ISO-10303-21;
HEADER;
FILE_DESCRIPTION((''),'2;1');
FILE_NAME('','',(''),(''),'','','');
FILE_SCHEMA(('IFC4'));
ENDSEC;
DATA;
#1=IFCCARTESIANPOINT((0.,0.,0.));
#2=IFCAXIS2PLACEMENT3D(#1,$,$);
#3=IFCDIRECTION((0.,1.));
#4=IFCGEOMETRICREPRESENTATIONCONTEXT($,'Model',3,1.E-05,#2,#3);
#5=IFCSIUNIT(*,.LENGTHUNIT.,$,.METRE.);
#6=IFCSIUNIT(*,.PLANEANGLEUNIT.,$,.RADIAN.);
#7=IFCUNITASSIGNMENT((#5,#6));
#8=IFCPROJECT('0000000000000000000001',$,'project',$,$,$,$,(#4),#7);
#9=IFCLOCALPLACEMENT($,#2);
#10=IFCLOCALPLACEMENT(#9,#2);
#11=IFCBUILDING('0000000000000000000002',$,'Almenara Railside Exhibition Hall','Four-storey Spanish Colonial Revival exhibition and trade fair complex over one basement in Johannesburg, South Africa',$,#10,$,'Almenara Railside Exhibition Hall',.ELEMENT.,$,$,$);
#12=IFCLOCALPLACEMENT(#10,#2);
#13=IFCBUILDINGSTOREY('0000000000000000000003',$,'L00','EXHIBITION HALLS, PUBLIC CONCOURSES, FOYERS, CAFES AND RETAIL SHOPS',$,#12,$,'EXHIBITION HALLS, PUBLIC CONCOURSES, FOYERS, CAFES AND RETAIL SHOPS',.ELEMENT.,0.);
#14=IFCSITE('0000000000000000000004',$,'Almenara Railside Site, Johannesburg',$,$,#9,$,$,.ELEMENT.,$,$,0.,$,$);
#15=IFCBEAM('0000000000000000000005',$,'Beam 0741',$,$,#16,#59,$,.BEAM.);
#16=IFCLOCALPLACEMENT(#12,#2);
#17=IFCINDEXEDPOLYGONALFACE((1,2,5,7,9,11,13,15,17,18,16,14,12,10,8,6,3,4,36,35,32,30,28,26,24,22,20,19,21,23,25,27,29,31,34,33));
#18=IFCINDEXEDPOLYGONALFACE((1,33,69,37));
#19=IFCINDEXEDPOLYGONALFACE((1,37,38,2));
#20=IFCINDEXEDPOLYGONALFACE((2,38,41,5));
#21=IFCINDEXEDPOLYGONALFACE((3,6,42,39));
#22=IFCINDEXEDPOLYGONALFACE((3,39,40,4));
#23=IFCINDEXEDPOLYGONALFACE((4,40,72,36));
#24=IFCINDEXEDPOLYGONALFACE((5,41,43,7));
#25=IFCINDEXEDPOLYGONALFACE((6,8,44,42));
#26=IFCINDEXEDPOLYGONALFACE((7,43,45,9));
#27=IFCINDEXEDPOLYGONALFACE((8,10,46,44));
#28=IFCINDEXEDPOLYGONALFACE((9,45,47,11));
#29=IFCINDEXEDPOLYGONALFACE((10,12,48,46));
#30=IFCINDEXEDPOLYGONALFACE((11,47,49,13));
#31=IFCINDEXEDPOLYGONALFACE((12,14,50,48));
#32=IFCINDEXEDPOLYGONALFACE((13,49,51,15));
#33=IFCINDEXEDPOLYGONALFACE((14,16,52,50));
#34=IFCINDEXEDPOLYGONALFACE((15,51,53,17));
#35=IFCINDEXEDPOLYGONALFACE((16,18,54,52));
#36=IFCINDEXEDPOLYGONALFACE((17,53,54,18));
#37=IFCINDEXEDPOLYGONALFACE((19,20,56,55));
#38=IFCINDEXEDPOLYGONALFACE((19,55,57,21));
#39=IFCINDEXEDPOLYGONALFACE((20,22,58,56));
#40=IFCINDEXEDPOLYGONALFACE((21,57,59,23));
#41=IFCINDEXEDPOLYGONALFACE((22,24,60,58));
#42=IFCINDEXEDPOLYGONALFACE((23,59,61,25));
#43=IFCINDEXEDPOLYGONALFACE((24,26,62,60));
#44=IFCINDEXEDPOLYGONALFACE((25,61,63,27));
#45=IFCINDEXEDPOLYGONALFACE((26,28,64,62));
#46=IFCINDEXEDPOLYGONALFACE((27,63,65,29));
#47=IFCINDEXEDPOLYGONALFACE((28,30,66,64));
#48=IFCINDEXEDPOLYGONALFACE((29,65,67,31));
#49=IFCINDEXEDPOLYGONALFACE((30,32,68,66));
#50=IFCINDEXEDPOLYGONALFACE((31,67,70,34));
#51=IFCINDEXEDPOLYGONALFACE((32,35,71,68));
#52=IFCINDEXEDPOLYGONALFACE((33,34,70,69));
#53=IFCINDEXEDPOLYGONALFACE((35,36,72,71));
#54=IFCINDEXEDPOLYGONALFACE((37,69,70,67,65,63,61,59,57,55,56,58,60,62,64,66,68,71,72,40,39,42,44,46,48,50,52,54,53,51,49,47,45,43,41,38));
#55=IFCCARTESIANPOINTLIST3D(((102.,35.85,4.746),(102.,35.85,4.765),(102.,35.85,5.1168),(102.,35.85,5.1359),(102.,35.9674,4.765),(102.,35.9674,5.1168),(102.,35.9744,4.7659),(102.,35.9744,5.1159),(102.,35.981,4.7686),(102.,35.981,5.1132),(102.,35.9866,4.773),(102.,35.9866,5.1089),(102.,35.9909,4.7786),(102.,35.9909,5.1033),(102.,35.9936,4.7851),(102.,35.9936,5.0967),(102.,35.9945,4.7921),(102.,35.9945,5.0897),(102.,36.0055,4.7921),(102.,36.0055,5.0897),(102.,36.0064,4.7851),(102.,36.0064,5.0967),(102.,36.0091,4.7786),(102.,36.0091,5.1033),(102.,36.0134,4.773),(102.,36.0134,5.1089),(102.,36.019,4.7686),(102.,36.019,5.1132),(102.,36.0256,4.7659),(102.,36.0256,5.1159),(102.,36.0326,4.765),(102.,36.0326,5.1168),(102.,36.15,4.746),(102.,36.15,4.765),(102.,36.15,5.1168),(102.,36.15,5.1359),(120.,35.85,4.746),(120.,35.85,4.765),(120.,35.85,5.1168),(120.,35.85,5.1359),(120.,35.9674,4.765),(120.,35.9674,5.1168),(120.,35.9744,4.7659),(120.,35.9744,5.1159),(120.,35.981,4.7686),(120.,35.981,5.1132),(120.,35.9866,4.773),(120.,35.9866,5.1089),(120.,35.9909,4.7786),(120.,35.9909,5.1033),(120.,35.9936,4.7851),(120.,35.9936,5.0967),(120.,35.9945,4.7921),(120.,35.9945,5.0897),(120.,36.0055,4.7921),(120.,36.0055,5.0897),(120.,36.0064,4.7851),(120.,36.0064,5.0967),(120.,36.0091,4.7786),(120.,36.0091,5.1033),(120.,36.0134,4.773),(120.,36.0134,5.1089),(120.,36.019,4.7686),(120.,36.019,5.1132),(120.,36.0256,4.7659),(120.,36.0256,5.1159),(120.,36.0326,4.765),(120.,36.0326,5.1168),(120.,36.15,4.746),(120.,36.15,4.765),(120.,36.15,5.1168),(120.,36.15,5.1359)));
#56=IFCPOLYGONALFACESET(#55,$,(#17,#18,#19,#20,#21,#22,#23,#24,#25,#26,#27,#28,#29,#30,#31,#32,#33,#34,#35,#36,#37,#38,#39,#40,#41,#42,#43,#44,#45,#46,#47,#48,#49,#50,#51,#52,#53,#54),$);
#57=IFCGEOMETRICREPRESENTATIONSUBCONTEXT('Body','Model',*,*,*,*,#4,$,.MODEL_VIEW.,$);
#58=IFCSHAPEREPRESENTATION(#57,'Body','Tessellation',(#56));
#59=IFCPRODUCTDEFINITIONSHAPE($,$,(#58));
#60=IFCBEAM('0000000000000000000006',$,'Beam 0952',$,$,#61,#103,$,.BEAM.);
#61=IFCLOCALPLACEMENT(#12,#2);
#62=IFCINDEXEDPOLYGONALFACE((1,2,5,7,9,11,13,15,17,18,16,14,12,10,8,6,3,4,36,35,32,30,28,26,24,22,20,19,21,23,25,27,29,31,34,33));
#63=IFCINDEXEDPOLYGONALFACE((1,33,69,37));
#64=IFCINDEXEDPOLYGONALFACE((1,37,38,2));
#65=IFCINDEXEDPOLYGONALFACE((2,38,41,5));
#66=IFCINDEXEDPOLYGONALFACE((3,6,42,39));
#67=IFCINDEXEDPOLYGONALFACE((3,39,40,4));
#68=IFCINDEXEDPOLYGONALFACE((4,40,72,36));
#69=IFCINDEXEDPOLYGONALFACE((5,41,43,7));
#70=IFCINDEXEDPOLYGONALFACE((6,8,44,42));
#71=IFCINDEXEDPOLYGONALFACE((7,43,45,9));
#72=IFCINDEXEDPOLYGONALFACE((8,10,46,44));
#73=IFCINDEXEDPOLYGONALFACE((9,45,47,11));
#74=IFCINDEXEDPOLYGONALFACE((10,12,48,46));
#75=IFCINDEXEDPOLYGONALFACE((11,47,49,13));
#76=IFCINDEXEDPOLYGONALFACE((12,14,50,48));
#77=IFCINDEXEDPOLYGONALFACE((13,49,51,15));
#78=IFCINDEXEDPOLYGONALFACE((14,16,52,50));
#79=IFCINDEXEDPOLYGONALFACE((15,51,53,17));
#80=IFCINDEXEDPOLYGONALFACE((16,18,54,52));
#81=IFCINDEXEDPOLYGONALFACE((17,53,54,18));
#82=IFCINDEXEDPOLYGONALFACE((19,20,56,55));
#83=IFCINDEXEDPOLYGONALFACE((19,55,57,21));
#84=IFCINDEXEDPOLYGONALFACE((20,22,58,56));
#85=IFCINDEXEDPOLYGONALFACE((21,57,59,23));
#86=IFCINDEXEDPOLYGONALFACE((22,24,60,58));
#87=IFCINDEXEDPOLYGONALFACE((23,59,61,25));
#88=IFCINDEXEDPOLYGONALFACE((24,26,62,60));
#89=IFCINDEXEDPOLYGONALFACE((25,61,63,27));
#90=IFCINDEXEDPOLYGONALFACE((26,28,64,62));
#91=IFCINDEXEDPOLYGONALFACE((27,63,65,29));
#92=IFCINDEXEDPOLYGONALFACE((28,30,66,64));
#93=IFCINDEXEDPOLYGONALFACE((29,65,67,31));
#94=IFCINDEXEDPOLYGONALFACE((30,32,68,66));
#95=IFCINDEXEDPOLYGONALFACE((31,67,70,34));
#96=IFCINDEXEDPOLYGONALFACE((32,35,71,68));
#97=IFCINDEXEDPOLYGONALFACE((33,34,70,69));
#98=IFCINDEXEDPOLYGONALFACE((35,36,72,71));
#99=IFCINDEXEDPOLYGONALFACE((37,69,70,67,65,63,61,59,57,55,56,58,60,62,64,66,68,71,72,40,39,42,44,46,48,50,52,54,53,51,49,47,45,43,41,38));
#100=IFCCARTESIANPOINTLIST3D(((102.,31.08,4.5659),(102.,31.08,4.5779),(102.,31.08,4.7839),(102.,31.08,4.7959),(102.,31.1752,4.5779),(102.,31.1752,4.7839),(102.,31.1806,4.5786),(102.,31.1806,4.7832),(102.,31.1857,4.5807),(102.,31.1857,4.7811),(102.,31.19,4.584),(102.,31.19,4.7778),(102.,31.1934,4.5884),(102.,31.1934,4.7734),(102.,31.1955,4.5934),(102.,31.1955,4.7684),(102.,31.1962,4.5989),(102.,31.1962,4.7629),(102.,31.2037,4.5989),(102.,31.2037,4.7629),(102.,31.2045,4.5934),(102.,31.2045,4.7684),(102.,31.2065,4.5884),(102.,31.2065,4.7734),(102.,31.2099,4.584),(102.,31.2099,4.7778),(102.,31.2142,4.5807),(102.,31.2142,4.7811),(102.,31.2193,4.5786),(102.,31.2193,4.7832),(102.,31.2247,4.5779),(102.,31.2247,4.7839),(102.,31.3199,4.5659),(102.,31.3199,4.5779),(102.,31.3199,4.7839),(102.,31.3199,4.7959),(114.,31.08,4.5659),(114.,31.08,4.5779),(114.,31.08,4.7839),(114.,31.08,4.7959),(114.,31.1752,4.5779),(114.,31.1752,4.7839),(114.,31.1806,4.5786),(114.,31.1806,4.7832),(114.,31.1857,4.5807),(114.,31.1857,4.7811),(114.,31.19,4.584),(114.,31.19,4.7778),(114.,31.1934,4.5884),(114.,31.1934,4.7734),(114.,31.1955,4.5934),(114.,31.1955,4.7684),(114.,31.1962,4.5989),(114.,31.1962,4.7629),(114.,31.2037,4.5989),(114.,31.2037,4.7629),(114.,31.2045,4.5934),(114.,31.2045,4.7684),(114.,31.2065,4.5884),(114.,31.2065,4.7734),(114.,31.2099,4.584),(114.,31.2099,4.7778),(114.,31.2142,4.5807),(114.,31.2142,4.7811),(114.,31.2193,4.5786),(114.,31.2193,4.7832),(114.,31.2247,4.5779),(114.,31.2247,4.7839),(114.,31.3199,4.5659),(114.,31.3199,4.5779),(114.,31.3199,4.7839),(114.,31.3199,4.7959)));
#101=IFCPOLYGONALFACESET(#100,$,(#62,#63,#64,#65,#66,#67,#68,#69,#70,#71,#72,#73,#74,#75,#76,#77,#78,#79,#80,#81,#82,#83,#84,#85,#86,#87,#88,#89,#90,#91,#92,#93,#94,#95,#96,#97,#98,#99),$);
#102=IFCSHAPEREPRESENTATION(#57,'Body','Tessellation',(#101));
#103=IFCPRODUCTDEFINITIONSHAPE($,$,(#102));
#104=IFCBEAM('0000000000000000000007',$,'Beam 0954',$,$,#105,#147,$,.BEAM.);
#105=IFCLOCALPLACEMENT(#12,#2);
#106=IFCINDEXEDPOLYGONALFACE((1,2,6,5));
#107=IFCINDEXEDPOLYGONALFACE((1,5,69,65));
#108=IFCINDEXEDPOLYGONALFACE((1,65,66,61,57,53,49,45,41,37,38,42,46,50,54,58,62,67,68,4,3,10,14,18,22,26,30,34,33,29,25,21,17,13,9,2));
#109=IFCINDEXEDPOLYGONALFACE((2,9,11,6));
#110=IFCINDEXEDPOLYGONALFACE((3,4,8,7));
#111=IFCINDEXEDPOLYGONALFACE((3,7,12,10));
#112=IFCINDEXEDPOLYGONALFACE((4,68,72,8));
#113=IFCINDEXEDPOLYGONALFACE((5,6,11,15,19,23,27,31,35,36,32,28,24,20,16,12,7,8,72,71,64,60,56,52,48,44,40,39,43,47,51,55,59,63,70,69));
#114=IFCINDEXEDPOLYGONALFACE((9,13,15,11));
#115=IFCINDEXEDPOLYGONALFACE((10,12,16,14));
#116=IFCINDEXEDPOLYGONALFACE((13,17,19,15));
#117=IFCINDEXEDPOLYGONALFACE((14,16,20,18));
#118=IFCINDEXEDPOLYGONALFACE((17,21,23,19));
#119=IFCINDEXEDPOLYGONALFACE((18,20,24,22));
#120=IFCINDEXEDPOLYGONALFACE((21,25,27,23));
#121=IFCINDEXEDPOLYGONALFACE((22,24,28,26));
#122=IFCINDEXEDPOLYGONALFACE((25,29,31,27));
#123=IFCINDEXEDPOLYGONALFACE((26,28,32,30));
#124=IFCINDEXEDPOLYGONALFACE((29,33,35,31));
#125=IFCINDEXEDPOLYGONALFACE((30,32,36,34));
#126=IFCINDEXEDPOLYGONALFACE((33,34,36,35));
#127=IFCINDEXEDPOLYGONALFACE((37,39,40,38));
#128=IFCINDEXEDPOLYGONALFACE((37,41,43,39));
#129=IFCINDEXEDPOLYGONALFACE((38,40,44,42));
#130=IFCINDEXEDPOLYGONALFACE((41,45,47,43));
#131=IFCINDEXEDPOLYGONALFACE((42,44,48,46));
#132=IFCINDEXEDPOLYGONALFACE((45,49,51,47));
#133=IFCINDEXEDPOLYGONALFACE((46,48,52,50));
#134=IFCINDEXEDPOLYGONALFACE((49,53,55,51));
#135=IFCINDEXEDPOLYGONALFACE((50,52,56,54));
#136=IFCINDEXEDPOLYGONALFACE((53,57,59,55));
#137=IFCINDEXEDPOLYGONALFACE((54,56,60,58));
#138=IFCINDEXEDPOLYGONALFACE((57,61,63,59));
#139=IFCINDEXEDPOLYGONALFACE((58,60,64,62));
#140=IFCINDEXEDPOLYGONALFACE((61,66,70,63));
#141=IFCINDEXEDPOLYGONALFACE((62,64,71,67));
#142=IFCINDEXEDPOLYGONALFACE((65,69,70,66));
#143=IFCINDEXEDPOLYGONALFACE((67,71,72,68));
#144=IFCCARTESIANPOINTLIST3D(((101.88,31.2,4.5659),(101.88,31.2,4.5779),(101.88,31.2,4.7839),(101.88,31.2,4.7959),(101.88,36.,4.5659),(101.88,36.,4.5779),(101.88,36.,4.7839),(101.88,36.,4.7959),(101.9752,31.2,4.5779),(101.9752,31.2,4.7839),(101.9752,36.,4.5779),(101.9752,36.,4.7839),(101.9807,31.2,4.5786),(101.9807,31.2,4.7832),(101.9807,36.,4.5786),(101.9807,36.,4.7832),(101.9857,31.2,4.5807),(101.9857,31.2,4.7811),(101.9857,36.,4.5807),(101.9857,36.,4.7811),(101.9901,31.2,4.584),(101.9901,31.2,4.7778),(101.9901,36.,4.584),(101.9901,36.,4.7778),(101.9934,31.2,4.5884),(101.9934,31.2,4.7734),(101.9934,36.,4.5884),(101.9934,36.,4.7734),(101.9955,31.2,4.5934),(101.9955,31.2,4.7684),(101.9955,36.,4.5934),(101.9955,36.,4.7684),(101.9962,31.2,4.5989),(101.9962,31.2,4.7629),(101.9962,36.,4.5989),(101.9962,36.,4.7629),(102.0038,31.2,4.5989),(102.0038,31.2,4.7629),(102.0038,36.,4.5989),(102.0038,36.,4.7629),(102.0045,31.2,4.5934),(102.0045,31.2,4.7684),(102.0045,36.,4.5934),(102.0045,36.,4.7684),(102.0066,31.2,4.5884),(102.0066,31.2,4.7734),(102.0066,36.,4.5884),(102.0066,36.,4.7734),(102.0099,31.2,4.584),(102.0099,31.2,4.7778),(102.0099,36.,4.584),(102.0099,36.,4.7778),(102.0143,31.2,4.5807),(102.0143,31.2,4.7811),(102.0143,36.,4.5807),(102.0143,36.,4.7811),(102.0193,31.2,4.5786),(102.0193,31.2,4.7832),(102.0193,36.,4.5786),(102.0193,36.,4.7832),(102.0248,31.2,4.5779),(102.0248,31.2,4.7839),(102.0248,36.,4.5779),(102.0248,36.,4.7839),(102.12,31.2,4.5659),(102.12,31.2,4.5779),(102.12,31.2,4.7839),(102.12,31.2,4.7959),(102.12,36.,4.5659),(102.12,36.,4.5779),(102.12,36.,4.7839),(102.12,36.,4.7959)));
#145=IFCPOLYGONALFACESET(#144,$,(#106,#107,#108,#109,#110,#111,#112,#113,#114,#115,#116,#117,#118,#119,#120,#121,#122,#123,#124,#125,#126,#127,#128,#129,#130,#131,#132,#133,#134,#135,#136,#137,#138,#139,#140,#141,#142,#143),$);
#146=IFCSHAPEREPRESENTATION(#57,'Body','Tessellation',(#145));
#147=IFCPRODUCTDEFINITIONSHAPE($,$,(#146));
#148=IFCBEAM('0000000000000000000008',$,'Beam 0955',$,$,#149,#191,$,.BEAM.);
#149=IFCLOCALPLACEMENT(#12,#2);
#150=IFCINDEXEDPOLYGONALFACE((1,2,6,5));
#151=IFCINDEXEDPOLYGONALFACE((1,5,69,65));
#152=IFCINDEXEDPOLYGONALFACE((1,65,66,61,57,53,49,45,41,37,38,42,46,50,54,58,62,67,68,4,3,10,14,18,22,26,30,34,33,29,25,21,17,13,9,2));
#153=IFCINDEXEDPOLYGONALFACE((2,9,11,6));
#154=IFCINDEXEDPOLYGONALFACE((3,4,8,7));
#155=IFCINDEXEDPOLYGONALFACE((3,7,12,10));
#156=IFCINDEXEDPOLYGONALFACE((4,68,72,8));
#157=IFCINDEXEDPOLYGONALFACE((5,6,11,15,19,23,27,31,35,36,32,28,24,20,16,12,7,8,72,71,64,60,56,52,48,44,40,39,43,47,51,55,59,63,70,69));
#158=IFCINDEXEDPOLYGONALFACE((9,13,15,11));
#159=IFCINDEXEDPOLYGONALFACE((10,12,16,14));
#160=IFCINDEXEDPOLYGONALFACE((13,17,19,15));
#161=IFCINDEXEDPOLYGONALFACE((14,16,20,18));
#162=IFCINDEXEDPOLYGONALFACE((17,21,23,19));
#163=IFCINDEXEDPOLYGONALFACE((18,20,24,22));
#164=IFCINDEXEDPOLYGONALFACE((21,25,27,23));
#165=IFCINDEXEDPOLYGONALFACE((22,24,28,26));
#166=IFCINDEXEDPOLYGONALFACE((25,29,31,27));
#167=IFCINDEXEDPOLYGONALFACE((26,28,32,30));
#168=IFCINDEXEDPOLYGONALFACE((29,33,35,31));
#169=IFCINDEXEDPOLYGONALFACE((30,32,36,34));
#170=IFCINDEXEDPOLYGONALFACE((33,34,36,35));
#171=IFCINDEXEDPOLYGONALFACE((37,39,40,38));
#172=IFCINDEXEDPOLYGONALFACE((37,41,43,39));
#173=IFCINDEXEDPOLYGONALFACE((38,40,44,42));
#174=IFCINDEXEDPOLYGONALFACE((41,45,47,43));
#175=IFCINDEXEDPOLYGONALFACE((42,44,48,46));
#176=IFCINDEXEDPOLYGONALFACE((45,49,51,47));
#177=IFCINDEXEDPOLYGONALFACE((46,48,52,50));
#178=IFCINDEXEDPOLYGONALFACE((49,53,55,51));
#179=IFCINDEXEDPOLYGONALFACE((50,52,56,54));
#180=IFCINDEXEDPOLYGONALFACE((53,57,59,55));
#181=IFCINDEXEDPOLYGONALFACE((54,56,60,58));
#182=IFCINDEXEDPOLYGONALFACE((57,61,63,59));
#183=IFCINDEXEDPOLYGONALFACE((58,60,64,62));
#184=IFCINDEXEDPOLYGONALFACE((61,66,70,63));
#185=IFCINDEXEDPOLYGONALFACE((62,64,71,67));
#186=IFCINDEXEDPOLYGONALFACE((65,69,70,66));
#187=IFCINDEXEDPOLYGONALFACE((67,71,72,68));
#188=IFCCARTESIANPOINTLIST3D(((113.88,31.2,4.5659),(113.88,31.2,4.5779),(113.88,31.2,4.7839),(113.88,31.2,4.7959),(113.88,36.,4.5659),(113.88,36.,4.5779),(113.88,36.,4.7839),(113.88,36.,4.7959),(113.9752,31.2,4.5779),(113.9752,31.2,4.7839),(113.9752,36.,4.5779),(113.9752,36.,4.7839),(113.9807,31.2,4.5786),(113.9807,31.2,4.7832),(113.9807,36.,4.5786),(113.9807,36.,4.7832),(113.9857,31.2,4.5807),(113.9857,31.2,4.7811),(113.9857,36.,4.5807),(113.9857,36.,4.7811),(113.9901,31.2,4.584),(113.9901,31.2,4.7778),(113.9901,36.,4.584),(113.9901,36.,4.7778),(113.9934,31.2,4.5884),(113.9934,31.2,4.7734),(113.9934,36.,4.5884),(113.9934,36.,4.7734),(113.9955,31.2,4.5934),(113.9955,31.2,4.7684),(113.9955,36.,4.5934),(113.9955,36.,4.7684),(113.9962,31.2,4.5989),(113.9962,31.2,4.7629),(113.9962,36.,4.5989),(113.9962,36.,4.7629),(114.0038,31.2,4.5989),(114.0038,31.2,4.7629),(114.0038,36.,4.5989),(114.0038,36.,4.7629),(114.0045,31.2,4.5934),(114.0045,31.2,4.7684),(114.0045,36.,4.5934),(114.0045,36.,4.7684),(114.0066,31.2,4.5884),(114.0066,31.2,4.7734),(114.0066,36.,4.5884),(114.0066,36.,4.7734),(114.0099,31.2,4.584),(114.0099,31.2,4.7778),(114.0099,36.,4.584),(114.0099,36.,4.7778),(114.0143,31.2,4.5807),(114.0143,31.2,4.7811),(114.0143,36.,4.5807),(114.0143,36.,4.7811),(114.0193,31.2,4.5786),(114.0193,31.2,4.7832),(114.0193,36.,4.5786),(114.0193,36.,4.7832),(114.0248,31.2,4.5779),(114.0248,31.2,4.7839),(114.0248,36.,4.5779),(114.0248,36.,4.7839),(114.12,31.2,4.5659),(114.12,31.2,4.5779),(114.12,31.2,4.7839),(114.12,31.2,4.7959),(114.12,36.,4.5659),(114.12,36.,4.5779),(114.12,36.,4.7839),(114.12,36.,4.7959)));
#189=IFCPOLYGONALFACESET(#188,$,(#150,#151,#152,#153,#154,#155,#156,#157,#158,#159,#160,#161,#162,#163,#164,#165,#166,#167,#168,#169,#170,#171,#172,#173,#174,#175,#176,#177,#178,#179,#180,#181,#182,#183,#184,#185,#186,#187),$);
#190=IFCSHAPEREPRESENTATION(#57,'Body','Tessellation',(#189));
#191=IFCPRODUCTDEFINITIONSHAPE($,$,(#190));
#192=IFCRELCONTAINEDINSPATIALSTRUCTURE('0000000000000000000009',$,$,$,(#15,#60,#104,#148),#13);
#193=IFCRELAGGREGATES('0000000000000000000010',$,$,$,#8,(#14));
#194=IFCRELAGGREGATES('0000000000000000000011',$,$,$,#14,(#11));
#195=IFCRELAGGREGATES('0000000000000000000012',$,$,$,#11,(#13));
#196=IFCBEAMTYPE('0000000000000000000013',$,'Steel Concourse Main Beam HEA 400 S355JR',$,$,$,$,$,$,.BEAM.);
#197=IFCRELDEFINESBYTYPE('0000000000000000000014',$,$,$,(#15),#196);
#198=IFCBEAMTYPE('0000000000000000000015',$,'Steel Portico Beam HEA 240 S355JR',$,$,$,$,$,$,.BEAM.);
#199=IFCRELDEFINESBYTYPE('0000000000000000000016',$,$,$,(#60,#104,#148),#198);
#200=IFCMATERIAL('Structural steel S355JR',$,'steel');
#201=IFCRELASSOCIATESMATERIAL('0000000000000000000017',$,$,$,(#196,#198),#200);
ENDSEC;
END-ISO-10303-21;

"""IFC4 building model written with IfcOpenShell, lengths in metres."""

from ifc_helpers import new_model, si_unit, direction, frame, origin, origin_2d, place, context, subcontext, project, spatial, i_section, extrude, material, material_profile, profile_set, type_object, element, save


model = new_model("IFC4")

# Units and contexts
model_context = context("Model", 3, precision=1e-05, world=origin(), true_north=direction((0.0, 1.0)))
body_context = subcontext(model_context, "Body", "Model", "MODEL_VIEW")
ifc_project = project(units=[si_unit("LENGTHUNIT", "METRE"), si_unit("PLANEANGLEUNIT", "RADIAN")], contexts=[model_context])

# Site, building, storey
site_placement = place(None, origin())
site = spatial("IfcSite", under=ifc_project, at=site_placement, Name="Almenara Railside Site, Johannesburg", CompositionType="ELEMENT", RefElevation=0.0)
building_placement = place(site_placement, origin())
building = spatial("IfcBuilding", under=site, at=building_placement, Name="Almenara Railside Exhibition Hall", Description="Four-storey Spanish Colonial Revival exhibition and trade fair complex over one basement in Johannesburg, South Africa", LongName="Almenara Railside Exhibition Hall", CompositionType="ELEMENT")
storey_placement = place(building_placement, origin())
storey = spatial("IfcBuildingStorey", under=building, at=storey_placement, Name="L00", Description="EXHIBITION HALLS, PUBLIC CONCOURSES, FOYERS, CAFES AND RETAIL SHOPS", LongName="EXHIBITION HALLS, PUBLIC CONCOURSES, FOYERS, CAFES AND RETAIL SHOPS", CompositionType="ELEMENT", Elevation=0.0)

# Beams
ifc_material_1 = material(Name="Structural steel S355JR", Category="steel")
ifc_material_profile_1 = material_profile(ifc_material_1, i_section(OverallWidth=0.3, OverallDepth=0.3899, WebThickness=0.011, FlangeThickness=0.019, FilletRadius=0.0271, at=origin_2d()), Name="HEA 400")
ifc_profile_set_1 = profile_set([ifc_material_profile_1], Name="Structural steel S355JR")
beam_type_1 = type_object("IfcBeamType", Name="Steel Concourse Main Beam HEA 400 S355JR", PredefinedType="BEAM", material=ifc_profile_set_1)
beam_1_placement = place(storey_placement, frame((102.0, 36.0, 4.9409), z_axis=(1.0, 0.0, 0.0), x_axis=(0.0, 1.0, 0.0)))
element("IfcBeam", 1, at=beam_1_placement, inside=storey, type_object=beam_type_1, Name="Beam 0741", PredefinedType="BEAM", context=body_context, shape_type="SweptSolid", body=[
    extrude(i_section(OverallWidth=0.3, OverallDepth=0.3899, WebThickness=0.011, FlangeThickness=0.019, FilletRadius=0.0271, at=origin_2d()), origin(), (0.0, 0.0, 1.0), 18.0),
])
ifc_material_profile_2 = material_profile(ifc_material_1, i_section(OverallWidth=0.24, OverallDepth=0.23, WebThickness=0.0076, FlangeThickness=0.012, FilletRadius=0.021, at=origin_2d()), Name="HEA 240")
ifc_profile_set_2 = profile_set([ifc_material_profile_2], Name="Structural steel S355JR")
beam_type_2 = type_object("IfcBeamType", Name="Steel Portico Beam HEA 240 S355JR", PredefinedType="BEAM", material=ifc_profile_set_2)
beam_2_placement = place(storey_placement, frame((102.0, 31.2, 4.6809), z_axis=(1.0, 0.0, 0.0), x_axis=(0.0, 1.0, 0.0)))
element("IfcBeam", 2, at=beam_2_placement, inside=storey, type_object=beam_type_2, Name="Beam 0952", PredefinedType="BEAM", context=body_context, shape_type="SweptSolid", body=[
    extrude(i_section(OverallWidth=0.24, OverallDepth=0.23, WebThickness=0.0076, FlangeThickness=0.012, FilletRadius=0.021, at=origin_2d()), origin(), (0.0, 0.0, 1.0), 12.0),
])
for number, where, z_axis, x_axis, name in (
    (3, (102.0, 31.2, 4.6809), (0.0, 1.0, 0.0), (-1.0, 0.0, 0.0), "Beam 0954"),
    (4, (114.0, 31.2, 4.6809), (0.0, 1.0, 0.0), (-1.0, 0.0, 0.0), "Beam 0955"),
):
    element("IfcBeam", number, at=place(storey_placement, frame(where, z_axis=z_axis, x_axis=x_axis)), inside=storey, type_object=beam_type_2, Name=name, PredefinedType="BEAM", context=body_context, shape_type="SweptSolid", body=[
        extrude(i_section(OverallWidth=0.24, OverallDepth=0.23, WebThickness=0.0076, FlangeThickness=0.012, FilletRadius=0.021, at=origin_2d()), origin(), (0.0, 0.0, 1.0), 4.8),
    ])

save(model, "model.ifc")
